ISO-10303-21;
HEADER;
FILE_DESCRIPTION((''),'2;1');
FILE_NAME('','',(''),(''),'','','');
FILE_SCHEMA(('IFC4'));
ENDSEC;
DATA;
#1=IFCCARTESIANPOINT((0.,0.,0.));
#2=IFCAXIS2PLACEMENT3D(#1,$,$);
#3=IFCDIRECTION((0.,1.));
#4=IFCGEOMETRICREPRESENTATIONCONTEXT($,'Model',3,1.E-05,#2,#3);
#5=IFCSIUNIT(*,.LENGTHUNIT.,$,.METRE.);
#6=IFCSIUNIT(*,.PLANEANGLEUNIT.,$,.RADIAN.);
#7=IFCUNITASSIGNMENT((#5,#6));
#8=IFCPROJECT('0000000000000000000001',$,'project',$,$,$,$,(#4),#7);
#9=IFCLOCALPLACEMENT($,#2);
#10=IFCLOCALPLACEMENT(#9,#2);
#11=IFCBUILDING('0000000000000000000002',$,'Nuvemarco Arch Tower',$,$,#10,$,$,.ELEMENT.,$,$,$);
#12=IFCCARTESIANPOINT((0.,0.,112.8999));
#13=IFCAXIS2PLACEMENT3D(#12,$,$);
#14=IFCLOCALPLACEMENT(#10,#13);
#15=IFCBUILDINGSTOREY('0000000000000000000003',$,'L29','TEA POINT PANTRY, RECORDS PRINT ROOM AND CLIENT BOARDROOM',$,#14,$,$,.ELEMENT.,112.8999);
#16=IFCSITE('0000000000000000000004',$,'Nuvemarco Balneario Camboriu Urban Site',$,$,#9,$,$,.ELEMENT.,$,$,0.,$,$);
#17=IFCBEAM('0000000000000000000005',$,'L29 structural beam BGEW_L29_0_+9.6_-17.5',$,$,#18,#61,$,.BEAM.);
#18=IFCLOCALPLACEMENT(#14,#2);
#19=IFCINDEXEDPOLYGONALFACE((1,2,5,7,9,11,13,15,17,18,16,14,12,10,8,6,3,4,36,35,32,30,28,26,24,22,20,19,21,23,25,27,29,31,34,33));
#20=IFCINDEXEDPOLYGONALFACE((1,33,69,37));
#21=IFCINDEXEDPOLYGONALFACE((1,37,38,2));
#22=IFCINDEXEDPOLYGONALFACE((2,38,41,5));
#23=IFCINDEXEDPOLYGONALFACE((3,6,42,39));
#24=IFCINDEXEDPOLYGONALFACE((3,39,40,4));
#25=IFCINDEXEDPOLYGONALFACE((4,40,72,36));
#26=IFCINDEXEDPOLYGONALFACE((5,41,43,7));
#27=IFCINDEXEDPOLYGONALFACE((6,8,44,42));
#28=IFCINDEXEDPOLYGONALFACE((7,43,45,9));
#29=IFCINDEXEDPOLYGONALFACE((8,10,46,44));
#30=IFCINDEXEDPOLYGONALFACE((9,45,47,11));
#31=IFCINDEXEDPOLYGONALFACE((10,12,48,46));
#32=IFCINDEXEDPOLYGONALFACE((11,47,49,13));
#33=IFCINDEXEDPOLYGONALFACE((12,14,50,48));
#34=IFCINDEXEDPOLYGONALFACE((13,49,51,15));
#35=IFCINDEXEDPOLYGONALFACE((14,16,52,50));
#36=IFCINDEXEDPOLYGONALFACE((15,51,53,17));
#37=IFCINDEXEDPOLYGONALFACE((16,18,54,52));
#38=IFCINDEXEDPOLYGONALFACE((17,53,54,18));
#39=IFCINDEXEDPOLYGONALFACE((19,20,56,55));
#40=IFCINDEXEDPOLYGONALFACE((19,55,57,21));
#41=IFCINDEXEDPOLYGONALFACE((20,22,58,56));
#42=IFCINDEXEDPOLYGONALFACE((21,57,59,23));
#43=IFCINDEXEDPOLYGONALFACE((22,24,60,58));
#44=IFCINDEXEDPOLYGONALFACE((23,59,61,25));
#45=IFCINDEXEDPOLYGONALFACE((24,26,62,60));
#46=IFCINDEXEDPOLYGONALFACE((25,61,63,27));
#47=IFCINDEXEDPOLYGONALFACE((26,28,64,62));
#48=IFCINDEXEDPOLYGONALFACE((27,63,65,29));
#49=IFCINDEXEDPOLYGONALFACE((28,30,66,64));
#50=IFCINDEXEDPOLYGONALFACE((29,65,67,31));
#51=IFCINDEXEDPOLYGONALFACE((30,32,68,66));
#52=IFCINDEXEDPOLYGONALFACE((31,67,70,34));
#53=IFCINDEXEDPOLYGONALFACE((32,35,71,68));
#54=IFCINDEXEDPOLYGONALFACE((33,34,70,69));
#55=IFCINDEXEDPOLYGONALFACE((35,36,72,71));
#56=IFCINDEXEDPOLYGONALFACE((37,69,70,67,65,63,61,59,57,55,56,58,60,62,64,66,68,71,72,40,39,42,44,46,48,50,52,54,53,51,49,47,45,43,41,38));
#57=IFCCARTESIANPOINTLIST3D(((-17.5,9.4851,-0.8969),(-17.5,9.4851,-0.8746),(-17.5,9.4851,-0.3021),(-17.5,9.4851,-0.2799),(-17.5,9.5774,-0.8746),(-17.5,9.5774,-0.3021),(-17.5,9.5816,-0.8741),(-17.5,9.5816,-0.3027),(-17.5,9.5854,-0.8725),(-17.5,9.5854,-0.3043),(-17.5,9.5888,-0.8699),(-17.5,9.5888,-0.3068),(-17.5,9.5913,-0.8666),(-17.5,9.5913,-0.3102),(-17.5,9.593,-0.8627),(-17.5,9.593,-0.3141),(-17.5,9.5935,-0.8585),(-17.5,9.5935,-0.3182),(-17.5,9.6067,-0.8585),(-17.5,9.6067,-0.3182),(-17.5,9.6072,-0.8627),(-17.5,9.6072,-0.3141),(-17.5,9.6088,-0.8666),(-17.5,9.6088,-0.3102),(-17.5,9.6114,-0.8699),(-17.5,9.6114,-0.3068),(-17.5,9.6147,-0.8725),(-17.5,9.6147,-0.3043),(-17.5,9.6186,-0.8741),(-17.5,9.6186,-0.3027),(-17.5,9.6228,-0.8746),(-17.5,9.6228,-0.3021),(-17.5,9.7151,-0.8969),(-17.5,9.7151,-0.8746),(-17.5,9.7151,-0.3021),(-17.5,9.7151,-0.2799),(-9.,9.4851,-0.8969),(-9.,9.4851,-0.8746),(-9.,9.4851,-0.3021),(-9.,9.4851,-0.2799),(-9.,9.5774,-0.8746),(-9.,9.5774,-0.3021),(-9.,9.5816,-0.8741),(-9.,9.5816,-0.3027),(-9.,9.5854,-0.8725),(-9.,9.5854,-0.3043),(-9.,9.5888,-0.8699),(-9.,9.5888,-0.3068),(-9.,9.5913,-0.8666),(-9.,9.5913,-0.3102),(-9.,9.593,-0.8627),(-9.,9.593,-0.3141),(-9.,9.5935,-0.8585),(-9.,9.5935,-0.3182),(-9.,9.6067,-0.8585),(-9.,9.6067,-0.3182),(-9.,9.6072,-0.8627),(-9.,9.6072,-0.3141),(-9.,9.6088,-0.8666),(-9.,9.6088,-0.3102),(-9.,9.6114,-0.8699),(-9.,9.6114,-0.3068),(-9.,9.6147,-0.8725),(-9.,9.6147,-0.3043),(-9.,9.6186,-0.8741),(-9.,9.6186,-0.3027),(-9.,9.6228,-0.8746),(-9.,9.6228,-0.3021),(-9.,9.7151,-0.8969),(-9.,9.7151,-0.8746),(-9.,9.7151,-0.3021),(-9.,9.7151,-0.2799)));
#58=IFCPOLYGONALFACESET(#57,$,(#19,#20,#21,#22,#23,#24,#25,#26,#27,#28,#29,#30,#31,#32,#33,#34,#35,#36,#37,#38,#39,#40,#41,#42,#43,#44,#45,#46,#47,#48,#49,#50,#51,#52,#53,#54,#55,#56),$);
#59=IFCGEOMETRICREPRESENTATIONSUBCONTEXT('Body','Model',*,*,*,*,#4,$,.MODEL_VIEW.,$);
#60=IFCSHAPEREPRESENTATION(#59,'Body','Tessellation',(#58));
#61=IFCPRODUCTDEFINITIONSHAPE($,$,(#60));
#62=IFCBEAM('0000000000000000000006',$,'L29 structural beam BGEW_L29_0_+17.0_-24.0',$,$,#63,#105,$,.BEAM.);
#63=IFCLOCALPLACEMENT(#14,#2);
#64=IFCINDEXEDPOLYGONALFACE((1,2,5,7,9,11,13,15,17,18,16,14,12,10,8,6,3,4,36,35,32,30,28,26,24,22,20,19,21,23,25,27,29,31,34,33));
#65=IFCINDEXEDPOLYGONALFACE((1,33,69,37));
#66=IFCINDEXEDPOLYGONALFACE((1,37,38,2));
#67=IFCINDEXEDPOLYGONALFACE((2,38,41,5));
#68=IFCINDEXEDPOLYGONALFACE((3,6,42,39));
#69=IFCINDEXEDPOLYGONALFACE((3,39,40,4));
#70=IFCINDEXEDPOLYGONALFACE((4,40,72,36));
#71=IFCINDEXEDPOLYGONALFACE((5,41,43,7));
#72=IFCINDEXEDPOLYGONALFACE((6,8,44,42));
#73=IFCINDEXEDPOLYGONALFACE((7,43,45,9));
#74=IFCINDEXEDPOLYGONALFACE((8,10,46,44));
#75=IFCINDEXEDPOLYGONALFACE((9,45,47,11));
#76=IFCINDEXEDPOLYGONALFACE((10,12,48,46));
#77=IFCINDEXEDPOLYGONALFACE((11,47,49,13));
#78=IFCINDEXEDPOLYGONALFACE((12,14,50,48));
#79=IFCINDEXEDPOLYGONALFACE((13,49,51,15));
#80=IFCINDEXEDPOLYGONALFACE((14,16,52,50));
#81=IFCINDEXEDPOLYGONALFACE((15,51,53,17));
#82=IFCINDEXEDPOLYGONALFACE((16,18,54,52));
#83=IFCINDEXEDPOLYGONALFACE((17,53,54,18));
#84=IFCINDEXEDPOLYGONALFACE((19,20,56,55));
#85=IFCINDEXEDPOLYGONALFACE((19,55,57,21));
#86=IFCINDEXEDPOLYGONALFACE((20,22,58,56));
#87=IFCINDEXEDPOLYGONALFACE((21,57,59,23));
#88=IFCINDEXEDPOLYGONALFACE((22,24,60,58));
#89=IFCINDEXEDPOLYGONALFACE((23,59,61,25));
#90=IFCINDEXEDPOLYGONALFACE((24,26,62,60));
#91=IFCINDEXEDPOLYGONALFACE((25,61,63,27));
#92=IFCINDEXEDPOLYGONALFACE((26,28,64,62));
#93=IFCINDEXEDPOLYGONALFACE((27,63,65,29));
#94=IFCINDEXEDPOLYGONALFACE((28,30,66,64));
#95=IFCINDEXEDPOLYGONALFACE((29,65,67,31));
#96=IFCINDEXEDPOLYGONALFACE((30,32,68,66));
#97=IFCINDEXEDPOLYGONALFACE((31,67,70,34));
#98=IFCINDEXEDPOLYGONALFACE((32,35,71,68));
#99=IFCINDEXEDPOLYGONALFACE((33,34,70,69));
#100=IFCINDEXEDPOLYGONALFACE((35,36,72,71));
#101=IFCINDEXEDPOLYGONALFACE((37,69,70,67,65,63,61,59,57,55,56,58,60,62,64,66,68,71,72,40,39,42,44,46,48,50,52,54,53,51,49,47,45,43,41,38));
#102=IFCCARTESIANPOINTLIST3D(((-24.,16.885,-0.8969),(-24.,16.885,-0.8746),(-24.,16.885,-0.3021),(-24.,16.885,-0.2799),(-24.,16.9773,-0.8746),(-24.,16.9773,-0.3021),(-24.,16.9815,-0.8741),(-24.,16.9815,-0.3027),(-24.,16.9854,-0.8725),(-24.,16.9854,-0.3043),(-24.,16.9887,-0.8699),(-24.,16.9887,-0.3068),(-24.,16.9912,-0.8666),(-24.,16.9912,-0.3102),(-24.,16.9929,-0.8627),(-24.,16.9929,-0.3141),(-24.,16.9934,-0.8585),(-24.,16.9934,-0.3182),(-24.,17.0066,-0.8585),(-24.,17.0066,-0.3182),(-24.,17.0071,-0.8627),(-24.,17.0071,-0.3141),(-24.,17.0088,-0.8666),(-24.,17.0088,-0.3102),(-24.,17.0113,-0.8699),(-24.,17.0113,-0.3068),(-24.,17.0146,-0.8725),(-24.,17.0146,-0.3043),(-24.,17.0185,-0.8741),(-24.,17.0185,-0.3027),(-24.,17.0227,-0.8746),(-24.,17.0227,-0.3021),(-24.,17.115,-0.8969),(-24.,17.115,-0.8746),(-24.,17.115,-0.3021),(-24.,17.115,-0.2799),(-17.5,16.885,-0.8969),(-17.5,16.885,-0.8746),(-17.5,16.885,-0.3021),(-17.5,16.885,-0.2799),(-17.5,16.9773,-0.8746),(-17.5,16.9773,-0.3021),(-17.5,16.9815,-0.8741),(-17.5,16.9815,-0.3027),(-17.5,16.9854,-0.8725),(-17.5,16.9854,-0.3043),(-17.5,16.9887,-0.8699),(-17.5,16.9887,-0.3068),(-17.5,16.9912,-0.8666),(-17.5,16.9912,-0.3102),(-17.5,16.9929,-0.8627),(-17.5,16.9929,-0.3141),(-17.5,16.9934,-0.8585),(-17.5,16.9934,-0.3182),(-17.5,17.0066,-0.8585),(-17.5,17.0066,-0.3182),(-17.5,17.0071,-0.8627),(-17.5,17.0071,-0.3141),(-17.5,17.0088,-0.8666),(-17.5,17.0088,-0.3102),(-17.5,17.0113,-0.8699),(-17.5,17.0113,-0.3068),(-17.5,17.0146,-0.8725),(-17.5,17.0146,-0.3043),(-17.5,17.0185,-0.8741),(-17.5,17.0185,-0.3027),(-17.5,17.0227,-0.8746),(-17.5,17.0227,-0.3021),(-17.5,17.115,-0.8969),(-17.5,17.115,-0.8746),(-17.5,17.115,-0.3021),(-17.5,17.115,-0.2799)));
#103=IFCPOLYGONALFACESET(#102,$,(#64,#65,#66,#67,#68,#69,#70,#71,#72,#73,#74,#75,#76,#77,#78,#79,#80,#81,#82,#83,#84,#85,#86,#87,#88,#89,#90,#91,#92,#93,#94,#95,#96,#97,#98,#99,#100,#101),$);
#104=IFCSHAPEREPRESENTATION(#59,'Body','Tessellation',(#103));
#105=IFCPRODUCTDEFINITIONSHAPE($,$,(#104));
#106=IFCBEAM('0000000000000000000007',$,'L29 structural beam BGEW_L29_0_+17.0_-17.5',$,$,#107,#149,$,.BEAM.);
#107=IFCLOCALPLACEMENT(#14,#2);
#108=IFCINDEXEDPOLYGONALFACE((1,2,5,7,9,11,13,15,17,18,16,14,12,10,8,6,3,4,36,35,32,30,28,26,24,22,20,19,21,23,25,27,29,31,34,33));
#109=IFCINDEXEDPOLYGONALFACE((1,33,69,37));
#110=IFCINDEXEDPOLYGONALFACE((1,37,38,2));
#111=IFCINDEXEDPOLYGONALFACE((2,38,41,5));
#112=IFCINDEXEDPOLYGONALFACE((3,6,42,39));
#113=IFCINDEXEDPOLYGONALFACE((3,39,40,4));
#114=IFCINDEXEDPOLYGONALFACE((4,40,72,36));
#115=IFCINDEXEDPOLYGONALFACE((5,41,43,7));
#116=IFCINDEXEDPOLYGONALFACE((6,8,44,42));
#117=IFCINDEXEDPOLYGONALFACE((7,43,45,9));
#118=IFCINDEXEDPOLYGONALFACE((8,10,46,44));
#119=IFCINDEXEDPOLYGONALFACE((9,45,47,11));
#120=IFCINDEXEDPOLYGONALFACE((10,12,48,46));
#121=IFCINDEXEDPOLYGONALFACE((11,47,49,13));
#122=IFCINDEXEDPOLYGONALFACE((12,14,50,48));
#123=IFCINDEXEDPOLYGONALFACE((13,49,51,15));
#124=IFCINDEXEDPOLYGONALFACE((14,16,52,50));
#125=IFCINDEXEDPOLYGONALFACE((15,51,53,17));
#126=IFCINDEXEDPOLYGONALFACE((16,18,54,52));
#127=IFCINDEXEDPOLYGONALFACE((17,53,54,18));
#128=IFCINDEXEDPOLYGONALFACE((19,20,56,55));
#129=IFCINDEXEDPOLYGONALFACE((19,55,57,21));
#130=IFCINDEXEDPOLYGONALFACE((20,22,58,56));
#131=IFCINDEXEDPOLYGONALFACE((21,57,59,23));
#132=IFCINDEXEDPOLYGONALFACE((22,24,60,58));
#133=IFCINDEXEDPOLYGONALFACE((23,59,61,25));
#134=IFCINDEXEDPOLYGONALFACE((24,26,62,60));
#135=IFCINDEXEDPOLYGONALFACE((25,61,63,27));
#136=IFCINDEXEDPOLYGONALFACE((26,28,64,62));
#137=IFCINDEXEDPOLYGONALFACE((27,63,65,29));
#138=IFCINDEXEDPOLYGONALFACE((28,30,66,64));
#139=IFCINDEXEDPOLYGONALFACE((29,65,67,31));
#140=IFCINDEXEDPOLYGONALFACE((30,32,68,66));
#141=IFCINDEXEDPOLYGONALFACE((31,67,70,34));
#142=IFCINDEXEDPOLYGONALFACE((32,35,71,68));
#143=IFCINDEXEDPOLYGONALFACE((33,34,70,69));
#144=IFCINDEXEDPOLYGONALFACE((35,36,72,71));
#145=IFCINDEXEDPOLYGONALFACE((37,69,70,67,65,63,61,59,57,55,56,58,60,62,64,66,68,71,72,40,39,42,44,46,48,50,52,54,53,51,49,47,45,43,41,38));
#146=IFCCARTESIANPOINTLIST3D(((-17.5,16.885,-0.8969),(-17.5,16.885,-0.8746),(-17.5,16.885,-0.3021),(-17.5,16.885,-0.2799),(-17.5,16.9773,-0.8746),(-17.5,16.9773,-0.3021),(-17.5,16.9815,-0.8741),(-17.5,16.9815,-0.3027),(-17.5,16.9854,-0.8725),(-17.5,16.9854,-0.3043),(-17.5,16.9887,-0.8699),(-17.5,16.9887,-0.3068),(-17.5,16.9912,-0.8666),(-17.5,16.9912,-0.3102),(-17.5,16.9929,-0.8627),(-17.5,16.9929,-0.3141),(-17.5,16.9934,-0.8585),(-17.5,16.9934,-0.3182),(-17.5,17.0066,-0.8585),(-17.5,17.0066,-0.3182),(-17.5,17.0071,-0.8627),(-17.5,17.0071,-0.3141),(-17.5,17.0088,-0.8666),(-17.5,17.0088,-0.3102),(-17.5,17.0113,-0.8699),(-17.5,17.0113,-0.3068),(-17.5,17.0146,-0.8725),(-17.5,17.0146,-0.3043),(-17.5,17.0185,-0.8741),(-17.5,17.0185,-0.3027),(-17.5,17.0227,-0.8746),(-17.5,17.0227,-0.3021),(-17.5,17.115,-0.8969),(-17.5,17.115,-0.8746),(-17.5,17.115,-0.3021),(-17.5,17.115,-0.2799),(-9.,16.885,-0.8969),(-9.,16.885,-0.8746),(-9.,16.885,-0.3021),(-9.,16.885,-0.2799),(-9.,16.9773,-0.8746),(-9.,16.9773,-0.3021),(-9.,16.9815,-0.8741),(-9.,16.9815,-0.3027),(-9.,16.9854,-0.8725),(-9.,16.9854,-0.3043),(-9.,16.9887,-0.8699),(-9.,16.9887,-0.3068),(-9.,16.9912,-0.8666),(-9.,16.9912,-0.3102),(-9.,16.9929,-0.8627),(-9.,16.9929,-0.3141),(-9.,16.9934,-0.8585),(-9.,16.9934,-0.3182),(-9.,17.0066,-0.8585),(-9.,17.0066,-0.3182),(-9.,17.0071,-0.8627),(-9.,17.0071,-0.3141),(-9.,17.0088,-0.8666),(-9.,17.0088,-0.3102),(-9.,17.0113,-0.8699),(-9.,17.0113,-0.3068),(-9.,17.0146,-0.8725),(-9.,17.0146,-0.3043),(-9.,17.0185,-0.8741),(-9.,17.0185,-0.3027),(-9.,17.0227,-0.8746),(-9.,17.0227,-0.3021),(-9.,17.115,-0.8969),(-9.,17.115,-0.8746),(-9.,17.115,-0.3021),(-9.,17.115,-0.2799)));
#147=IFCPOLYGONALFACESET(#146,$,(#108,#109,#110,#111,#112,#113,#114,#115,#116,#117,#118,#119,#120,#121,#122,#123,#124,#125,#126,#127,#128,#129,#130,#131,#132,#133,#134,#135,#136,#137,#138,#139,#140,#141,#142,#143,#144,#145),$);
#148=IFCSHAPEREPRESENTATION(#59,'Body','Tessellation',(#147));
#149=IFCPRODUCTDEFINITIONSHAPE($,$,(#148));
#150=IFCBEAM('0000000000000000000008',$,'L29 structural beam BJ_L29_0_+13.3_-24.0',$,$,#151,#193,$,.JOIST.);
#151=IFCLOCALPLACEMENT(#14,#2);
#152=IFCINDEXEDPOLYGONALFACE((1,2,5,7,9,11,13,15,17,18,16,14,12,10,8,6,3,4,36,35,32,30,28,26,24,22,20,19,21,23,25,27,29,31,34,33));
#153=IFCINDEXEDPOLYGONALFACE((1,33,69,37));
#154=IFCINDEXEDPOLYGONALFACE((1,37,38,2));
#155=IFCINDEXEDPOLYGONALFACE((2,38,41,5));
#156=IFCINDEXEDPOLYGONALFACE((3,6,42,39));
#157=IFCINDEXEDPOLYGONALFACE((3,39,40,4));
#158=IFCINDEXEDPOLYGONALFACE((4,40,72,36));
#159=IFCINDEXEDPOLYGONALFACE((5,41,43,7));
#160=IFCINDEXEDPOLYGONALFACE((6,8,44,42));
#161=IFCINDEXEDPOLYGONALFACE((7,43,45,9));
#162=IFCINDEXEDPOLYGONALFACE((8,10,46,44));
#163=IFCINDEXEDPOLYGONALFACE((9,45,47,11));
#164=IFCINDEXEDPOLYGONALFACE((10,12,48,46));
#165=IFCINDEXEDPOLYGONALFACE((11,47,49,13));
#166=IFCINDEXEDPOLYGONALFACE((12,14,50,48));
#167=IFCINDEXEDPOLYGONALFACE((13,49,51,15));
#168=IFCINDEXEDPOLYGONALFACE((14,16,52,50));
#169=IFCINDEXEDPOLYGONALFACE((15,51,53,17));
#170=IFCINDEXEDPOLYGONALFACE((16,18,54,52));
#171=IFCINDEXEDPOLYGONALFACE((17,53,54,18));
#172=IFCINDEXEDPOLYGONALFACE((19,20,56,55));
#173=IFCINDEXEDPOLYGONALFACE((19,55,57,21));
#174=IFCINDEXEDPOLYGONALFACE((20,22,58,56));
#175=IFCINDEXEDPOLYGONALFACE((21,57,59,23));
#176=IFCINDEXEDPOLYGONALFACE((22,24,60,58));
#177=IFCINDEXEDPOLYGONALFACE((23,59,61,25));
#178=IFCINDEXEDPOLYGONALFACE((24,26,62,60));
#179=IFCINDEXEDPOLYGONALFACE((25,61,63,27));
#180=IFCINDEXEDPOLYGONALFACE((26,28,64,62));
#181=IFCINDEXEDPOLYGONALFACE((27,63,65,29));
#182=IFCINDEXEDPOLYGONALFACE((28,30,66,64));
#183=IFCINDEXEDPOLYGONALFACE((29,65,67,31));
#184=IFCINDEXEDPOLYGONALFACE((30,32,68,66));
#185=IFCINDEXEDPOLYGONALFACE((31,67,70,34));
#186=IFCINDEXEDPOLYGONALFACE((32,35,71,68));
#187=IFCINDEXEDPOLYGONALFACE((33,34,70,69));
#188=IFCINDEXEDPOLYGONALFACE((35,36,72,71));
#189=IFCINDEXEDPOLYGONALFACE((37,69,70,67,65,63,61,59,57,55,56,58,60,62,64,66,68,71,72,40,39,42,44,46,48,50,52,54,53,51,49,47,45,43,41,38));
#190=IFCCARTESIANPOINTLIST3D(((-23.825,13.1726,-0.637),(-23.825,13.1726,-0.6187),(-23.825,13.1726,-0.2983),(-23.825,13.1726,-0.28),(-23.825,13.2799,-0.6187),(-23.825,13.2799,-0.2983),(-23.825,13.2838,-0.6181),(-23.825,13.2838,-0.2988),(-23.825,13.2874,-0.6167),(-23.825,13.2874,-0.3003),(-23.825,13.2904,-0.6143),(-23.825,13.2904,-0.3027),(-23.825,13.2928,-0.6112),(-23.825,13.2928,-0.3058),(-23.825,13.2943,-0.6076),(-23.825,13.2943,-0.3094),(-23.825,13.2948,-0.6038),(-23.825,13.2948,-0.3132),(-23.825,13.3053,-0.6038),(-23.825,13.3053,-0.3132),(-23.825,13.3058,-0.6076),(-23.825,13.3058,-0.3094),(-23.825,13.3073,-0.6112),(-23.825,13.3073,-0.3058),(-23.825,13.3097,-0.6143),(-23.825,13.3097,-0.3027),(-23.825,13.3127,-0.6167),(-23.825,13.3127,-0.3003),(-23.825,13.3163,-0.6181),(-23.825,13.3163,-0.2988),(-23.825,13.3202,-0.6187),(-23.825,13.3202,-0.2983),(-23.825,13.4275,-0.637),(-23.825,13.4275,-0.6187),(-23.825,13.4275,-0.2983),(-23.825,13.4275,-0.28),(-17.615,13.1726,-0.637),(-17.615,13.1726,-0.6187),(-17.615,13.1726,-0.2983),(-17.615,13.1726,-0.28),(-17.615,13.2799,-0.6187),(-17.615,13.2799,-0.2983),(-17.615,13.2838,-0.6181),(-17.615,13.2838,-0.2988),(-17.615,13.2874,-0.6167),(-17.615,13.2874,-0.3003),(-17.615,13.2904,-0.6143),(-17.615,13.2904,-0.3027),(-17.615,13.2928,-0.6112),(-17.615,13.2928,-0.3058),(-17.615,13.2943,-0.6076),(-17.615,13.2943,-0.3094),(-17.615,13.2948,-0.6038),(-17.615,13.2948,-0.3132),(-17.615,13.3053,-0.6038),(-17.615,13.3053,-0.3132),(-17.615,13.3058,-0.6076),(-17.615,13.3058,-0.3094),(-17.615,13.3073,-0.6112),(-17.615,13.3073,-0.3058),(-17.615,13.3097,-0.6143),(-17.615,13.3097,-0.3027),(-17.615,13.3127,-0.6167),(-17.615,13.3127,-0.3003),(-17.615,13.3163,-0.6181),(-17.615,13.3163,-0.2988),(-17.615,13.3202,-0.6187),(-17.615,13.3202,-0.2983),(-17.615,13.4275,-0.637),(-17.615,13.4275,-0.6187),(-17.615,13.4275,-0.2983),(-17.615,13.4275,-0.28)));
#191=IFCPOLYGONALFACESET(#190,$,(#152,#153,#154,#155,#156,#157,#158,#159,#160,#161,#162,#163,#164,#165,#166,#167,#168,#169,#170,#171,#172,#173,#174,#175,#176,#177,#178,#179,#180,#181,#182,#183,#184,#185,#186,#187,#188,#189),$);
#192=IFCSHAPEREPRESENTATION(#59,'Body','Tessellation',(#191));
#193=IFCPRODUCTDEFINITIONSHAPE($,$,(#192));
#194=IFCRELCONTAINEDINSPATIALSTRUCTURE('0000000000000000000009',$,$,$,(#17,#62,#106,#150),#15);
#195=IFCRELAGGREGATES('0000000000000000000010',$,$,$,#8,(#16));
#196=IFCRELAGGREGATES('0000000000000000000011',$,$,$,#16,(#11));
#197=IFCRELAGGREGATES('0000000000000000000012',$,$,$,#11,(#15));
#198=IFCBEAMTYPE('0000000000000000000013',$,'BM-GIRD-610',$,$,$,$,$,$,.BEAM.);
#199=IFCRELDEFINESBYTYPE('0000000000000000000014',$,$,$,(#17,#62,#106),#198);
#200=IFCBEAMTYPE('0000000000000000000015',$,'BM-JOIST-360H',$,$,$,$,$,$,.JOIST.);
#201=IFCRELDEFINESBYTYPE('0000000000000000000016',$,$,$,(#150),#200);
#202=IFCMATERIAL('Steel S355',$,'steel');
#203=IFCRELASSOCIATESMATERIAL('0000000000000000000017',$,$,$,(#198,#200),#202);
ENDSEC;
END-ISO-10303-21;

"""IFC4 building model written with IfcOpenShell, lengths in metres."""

from ifc_helpers import new_model, si_unit, direction, frame, origin, origin_2d, place, context, subcontext, project, spatial, i_section, extrude, material, material_profile, profile_set, type_object, element, save


model = new_model("IFC4")

# Units and contexts
model_context = context("Model", 3, precision=1e-05, world=origin(), true_north=direction((0.0, 1.0)))
body_context = subcontext(model_context, "Body", "Model", "MODEL_VIEW")
ifc_project = project(units=[si_unit("LENGTHUNIT", "METRE"), si_unit("PLANEANGLEUNIT", "RADIAN")], contexts=[model_context])

# Site, building, storey
site_placement = place(None, origin())
site = spatial("IfcSite", under=ifc_project, at=site_placement, Name="Nuvemarco Balneario Camboriu Urban Site", CompositionType="ELEMENT", RefElevation=0.0)
building_placement = place(site_placement, origin())
building = spatial("IfcBuilding", under=site, at=building_placement, Name="Nuvemarco Arch Tower", CompositionType="ELEMENT")
storey_placement = place(building_placement, frame((0.0, 0.0, 112.8999)))
storey = spatial("IfcBuildingStorey", under=building, at=storey_placement, Name="L29", Description="TEA POINT PANTRY, RECORDS PRINT ROOM AND CLIENT BOARDROOM", CompositionType="ELEMENT", Elevation=112.8999)

# Shared definitions
ifc_material_1 = material(Name="Steel S355", Category="steel")

# Beams
ifc_material_profile_1 = material_profile(ifc_material_1, i_section(OverallWidth=0.23, OverallDepth=0.6169, WebThickness=0.0132, FlangeThickness=0.0222, FilletRadius=0.0161, at=origin_2d()), Name="W610x140")
ifc_profile_set_1 = profile_set([ifc_material_profile_1], Name="Steel S355")
beam_type_1 = type_object("IfcBeamType", Name="BM-GIRD-610", PredefinedType="BEAM", material=ifc_profile_set_1)
beam_1_placement = place(storey_placement, frame((-17.5, 9.6001, -0.5884), z_axis=(1.0, 0.0, 0.0), x_axis=(0.0, 1.0, 0.0)))
element("IfcBeam", 1, at=beam_1_placement, inside=storey, type_object=beam_type_1, Name="L29 structural beam BGEW_L29_0_+9.6_-17.5", PredefinedType="BEAM", context=body_context, shape_type="SweptSolid", body=[
    extrude(i_section(OverallWidth=0.23, OverallDepth=0.6169, WebThickness=0.0132, FlangeThickness=0.0222, FilletRadius=0.0161, at=origin_2d()), origin(), (0.0, 0.0, 1.0), 8.5),
])
beam_2_placement = place(storey_placement, frame((-24.0, 17.0, -0.5884), z_axis=(1.0, 0.0, 0.0), x_axis=(0.0, 1.0, 0.0)))
element("IfcBeam", 2, at=beam_2_placement, inside=storey, type_object=beam_type_1, Name="L29 structural beam BGEW_L29_0_+17.0_-24.0", PredefinedType="BEAM", context=body_context, shape_type="SweptSolid", body=[
    extrude(i_section(OverallWidth=0.23, OverallDepth=0.6169, WebThickness=0.0132, FlangeThickness=0.0222, FilletRadius=0.0161, at=origin_2d()), origin(), (0.0, 0.0, 1.0), 6.5),
])
beam_3_placement = place(storey_placement, frame((-17.5, 17.0, -0.5884), z_axis=(1.0, 0.0, 0.0), x_axis=(0.0, 1.0, 0.0)))
element("IfcBeam", 3, at=beam_3_placement, inside=storey, type_object=beam_type_1, Name="L29 structural beam BGEW_L29_0_+17.0_-17.5", PredefinedType="BEAM", context=body_context, shape_type="SweptSolid", body=[
    extrude(i_section(OverallWidth=0.23, OverallDepth=0.6169, WebThickness=0.0132, FlangeThickness=0.0222, FilletRadius=0.0161, at=origin_2d()), origin(), (0.0, 0.0, 1.0), 8.5),
])
ifc_material_profile_2 = material_profile(ifc_material_1, i_section(OverallWidth=0.2549, OverallDepth=0.3569, WebThickness=0.0105, FlangeThickness=0.0183, FilletRadius=0.0149, at=origin_2d()), Name="W360x101")
ifc_profile_set_2 = profile_set([ifc_material_profile_2], Name="Steel S355")
beam_type_2 = type_object("IfcBeamType", Name="BM-JOIST-360H", PredefinedType="JOIST", material=ifc_profile_set_2)
beam_4_placement = place(storey_placement, frame((-23.825, 13.3, -0.4585), z_axis=(1.0, 0.0, 0.0), x_axis=(0.0, 1.0, 0.0)))
element("IfcBeam", 4, at=beam_4_placement, inside=storey, type_object=beam_type_2, Name="L29 structural beam BJ_L29_0_+13.3_-24.0", PredefinedType="JOIST", context=body_context, shape_type="SweptSolid", body=[
    extrude(i_section(OverallWidth=0.2549, OverallDepth=0.3569, WebThickness=0.0105, FlangeThickness=0.0183, FilletRadius=0.0149, at=origin_2d()), origin(), (0.0, 0.0, 1.0), 6.21),
])

save(model, "model.ifc")
